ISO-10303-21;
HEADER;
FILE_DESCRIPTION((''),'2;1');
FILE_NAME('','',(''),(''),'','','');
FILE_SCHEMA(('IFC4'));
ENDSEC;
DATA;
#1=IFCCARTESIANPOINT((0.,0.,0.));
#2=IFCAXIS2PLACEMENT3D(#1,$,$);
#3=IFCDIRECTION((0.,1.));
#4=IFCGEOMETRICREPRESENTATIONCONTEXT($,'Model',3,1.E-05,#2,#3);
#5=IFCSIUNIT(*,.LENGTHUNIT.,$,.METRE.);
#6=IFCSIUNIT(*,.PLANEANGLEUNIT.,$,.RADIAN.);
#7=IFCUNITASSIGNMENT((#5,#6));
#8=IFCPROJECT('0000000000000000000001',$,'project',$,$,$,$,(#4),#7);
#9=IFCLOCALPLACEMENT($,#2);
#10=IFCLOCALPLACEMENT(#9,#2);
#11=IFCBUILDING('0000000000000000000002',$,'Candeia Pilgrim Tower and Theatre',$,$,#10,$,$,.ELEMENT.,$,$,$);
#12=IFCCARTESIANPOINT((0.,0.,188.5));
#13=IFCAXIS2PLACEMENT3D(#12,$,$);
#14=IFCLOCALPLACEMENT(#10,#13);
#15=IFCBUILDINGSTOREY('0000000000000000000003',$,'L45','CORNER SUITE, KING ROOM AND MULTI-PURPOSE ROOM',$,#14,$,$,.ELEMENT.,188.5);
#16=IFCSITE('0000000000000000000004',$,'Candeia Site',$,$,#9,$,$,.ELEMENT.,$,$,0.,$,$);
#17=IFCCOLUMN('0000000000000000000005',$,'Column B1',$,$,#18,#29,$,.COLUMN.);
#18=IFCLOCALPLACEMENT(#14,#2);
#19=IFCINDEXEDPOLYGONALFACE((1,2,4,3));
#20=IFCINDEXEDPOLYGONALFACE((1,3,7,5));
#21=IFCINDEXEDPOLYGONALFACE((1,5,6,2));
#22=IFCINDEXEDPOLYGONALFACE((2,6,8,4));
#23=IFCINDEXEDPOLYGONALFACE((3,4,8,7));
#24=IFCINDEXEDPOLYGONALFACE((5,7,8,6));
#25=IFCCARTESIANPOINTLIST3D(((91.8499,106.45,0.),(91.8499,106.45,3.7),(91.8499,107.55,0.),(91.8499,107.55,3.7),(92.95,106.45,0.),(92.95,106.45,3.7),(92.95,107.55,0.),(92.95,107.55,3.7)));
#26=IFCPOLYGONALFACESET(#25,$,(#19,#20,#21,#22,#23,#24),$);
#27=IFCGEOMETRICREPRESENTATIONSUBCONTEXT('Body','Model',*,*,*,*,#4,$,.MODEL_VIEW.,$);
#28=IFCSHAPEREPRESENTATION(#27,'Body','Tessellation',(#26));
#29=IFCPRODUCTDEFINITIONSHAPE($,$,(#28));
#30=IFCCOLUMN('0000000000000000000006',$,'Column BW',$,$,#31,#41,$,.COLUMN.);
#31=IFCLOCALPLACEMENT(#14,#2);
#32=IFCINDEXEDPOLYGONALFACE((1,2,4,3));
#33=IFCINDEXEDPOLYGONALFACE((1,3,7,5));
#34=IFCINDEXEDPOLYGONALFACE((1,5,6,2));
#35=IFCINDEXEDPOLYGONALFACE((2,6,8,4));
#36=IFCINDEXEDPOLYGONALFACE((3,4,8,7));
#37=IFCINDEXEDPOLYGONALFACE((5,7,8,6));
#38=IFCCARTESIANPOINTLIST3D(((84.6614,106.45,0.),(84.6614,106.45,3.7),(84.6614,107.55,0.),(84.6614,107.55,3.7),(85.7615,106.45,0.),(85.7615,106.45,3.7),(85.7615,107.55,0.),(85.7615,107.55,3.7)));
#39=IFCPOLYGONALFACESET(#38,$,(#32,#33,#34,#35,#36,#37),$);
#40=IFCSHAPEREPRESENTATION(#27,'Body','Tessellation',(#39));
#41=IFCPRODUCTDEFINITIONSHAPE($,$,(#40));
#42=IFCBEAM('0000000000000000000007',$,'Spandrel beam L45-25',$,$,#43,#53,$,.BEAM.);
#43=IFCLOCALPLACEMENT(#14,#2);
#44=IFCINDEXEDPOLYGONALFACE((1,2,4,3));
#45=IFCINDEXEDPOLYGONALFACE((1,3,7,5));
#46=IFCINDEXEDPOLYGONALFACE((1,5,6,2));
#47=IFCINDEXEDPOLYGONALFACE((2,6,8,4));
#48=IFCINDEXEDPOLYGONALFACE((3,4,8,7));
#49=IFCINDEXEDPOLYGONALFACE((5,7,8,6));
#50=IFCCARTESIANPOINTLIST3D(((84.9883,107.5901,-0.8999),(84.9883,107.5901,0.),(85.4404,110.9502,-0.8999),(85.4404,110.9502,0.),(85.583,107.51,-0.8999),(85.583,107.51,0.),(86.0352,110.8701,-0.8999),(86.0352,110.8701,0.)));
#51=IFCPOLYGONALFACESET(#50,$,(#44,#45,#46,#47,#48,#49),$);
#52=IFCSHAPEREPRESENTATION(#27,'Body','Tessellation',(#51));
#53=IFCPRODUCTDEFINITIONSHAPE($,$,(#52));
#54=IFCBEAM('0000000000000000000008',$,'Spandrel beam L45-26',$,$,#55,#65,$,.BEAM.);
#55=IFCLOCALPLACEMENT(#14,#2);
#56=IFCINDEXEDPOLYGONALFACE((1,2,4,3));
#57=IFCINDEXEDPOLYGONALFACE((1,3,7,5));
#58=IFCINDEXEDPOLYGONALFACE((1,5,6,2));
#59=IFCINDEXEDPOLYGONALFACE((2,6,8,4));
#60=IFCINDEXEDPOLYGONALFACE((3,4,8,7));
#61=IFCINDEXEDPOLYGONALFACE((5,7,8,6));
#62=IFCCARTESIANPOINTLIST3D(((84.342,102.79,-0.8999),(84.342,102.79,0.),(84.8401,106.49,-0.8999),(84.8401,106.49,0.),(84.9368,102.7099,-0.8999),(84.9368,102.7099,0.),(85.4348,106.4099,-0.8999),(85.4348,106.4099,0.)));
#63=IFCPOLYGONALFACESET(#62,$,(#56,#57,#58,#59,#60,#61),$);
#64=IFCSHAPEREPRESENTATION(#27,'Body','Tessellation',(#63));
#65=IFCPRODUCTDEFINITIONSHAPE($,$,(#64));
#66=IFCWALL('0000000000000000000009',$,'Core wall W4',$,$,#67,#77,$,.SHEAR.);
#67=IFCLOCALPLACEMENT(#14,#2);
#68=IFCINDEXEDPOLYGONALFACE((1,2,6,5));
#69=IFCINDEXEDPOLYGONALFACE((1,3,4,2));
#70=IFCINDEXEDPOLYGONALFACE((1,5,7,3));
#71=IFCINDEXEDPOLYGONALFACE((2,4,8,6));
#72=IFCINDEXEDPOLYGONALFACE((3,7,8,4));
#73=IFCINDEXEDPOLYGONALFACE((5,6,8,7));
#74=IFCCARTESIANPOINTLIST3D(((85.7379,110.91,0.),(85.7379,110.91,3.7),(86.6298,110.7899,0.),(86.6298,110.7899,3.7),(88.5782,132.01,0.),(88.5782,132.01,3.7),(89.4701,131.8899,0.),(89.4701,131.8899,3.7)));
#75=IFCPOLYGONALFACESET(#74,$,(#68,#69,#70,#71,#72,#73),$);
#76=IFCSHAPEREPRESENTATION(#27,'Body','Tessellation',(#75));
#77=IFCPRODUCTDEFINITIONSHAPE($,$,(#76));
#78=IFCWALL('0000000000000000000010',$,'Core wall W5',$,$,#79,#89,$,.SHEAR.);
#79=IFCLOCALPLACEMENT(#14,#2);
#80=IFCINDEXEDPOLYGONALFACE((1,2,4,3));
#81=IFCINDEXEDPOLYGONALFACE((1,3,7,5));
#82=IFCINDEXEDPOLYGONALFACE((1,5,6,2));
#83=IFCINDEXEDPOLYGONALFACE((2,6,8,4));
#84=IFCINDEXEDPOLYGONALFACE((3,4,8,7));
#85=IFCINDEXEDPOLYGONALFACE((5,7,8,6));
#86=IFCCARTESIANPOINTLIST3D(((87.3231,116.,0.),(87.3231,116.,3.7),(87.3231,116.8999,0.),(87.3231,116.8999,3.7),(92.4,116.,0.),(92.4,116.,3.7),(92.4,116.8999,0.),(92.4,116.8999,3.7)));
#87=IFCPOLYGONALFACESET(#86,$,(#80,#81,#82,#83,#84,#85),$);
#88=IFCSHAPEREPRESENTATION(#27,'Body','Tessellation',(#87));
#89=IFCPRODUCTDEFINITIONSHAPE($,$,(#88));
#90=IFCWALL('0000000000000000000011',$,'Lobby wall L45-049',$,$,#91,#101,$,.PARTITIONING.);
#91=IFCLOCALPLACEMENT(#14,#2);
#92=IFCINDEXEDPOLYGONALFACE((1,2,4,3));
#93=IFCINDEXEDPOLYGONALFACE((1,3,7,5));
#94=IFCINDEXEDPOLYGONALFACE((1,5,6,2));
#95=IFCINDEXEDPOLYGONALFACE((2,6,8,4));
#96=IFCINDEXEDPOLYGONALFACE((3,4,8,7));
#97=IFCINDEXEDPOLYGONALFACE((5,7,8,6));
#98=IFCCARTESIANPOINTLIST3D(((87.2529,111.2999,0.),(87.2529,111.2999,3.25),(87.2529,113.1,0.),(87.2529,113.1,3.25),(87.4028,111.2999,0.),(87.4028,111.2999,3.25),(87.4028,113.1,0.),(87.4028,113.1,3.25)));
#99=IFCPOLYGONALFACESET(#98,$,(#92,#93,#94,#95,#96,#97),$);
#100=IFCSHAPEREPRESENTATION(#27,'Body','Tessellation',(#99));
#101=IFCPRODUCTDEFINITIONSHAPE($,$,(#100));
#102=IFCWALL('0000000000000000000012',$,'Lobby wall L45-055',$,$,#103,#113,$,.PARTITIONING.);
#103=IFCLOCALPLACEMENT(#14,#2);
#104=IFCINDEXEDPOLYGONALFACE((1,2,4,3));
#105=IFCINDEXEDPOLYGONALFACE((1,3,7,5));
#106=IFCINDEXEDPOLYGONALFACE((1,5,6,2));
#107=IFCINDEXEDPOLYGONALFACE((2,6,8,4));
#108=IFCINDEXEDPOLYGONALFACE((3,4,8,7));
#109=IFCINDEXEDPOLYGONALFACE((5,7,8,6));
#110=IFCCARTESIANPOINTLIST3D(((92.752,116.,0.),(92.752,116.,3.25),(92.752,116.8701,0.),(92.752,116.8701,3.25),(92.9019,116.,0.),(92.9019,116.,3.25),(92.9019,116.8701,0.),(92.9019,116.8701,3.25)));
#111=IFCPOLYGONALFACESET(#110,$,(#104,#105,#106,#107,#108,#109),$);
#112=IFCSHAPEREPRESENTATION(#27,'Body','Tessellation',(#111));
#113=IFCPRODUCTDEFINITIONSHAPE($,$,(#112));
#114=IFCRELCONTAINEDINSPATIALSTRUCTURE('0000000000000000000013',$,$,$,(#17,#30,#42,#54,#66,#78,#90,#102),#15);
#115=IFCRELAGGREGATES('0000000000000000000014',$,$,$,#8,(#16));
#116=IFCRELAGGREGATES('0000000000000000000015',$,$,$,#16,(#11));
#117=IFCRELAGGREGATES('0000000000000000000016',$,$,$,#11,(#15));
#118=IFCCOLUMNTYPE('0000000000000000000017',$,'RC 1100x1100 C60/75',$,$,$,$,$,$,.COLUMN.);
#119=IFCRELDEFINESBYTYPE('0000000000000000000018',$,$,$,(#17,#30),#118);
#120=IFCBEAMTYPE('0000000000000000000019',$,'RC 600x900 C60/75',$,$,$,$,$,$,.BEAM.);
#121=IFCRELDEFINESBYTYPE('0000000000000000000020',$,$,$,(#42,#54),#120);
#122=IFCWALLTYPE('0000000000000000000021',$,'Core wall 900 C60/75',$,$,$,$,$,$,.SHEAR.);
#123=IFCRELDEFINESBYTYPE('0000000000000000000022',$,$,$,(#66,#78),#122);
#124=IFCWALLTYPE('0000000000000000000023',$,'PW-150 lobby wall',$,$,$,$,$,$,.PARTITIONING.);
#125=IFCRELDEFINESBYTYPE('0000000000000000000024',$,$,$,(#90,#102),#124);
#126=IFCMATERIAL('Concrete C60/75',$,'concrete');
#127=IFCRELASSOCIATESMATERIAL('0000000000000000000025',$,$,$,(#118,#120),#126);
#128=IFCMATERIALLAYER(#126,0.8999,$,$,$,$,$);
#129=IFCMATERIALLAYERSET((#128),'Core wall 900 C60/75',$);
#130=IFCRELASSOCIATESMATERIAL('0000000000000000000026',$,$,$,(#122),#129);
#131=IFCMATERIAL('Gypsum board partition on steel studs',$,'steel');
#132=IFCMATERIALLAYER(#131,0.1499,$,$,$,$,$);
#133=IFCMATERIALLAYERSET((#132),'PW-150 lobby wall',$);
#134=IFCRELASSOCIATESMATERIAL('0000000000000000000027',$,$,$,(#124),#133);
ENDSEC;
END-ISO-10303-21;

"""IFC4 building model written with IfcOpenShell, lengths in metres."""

from ifc_helpers import new_model, si_unit, direction, frame, frame_2d, origin, origin_2d, place, context, subcontext, project, spatial, rectangle, extrude, material, layer, layer_set, material_profile, profile_set, type_object, element, save


model = new_model("IFC4")

# Units and contexts
model_context = context("Model", 3, precision=1e-05, world=origin(), true_north=direction((0.0, 1.0)))
body_context = subcontext(model_context, "Body", "Model", "MODEL_VIEW")
ifc_project = project(units=[si_unit("LENGTHUNIT", "METRE"), si_unit("PLANEANGLEUNIT", "RADIAN")], contexts=[model_context])

# Site, building, storey
site_placement = place(None, origin())
site = spatial("IfcSite", under=ifc_project, at=site_placement, Name="Candeia Site", CompositionType="ELEMENT", RefElevation=0.0)
building_placement = place(site_placement, origin())
building = spatial("IfcBuilding", under=site, at=building_placement, Name="Candeia Pilgrim Tower and Theatre", CompositionType="ELEMENT")
storey_placement = place(building_placement, frame((0.0, 0.0, 188.5)))
storey = spatial("IfcBuildingStorey", under=building, at=storey_placement, Name="L45", Description="CORNER SUITE, KING ROOM AND MULTI-PURPOSE ROOM", CompositionType="ELEMENT", Elevation=188.5)

# Columns
ifc_material_1 = material(Name="Concrete C60/75", Category="concrete")
ifc_material_profile_1 = material_profile(ifc_material_1, rectangle(XDim=1.1001, YDim=1.1001, at=origin_2d()))
ifc_profile_set_1 = profile_set([ifc_material_profile_1], Name="Concrete C60/75")
column_type = type_object("IfcColumnType", Name="RC 1100x1100 C60/75", PredefinedType="COLUMN", material=ifc_profile_set_1)
for number, where, z_axis, x_axis, name in (
    (1, (92.3999, 107.0, 0.0), (0.0, 0.0, 1.0), (1.0, 0.0, 0.0), "Column B1"),
    (2, (85.2114, 107.0, 0.0), (0.0, 0.0, 1.0), (1.0, 0.0, 0.0), "Column BW"),
):
    element("IfcColumn", number, at=place(storey_placement, frame(where, z_axis=z_axis, x_axis=x_axis)), inside=storey, type_object=column_type, Name=name, PredefinedType="COLUMN", context=body_context, shape_type="SweptSolid", body=[
        extrude(rectangle(XDim=1.1001, YDim=1.1001, at=origin_2d()), origin(), (0.0, 0.0, 1.0), 3.7),
    ])

# Beams
ifc_material_profile_2 = material_profile(ifc_material_1, rectangle(XDim=0.6001, YDim=0.8999, at=origin_2d()))
ifc_profile_set_2 = profile_set([ifc_material_profile_2], Name="Concrete C60/75")
beam_type = type_object("IfcBeamType", Name="RC 600x900 C60/75", PredefinedType="BEAM", material=ifc_profile_set_2)
beam_1_placement = place(storey_placement, frame((85.7378, 110.9102, -0.45), z_axis=(-0.133362, -0.991067, 0.0), x_axis=(0.991067, -0.133362, 0.0)))
element("IfcBeam", 3, at=beam_1_placement, inside=storey, type_object=beam_type, Name="Spandrel beam L45-25", PredefinedType="BEAM", context=body_context, shape_type="SweptSolid", body=[
    extrude(rectangle(XDim=0.6001, YDim=0.8999, at=origin_2d()), origin(), (0.0, 0.0, 1.0), 3.3904),
])
beam_2_placement = place(storey_placement, frame((85.1375, 106.45, -0.45), z_axis=(-0.133406, -0.991061, 0.0), x_axis=(0.991061, -0.133406, 0.0)))
element("IfcBeam", 4, at=beam_2_placement, inside=storey, type_object=beam_type, Name="Spandrel beam L45-26", PredefinedType="BEAM", context=body_context, shape_type="SweptSolid", body=[
    extrude(rectangle(XDim=0.6001, YDim=0.8999, at=origin_2d()), origin(), (0.0, 0.0, 1.0), 3.7334),
])

# Walls
ifc_layer_1 = layer(ifc_material_1, 0.8999)
ifc_layer_set_1 = layer_set([ifc_layer_1], Name="Core wall 900 C60/75")
wall_type_1 = type_object("IfcWallType", Name="Core wall 900 C60/75", PredefinedType="SHEAR", material=ifc_layer_set_1)
wall_1_placement = place(storey_placement, frame((86.1838, 110.8501, 0.0), z_axis=(0.0, 0.0, 1.0), x_axis=(0.13341, 0.991061, 0.0)))
element("IfcWall", 5, at=wall_1_placement, inside=storey, type_object=wall_type_1, Name="Core wall W4", PredefinedType="SHEAR", context=body_context, shape_type="SweptSolid", body=[
    extrude(rectangle(XDim=21.2903, YDim=0.8999, at=frame_2d((10.645, 0.0))), origin(), (0.0, 0.0, 1.0), 3.7),
])
wall_2_placement = place(storey_placement, frame((87.323, 116.45, 0.0), z_axis=(0.0, 0.0, 1.0), x_axis=(1.0, 0.0, 0.0)))
element("IfcWall", 6, at=wall_2_placement, inside=storey, type_object=wall_type_1, Name="Core wall W5", PredefinedType="SHEAR", context=body_context, shape_type="SweptSolid", body=[
    extrude(rectangle(XDim=5.0769, YDim=0.8999, at=frame_2d((2.5386, 0.0))), origin(), (0.0, 0.0, 1.0), 3.7),
])

# Walls
ifc_material_2 = material(Name="Gypsum board partition on steel studs", Category="steel")
ifc_layer_2 = layer(ifc_material_2, 0.1499)
ifc_layer_set_2 = layer_set([ifc_layer_2], Name="PW-150 lobby wall")
wall_type_2 = type_object("IfcWallType", Name="PW-150 lobby wall", PredefinedType="PARTITIONING", material=ifc_layer_set_2)
wall_3_placement = place(storey_placement, frame((87.3279, 111.3, 0.0), z_axis=(0.0, 0.0, 1.0), x_axis=(0.0, 1.0, 0.0)))
element("IfcWall", 7, at=wall_3_placement, inside=storey, type_object=wall_type_2, Name="Lobby wall L45-049", PredefinedType="PARTITIONING", context=body_context, shape_type="SweptSolid", body=[
    extrude(rectangle(XDim=1.8, YDim=0.1499, at=frame_2d((0.8999, 0.0))), origin(), (0.0, 0.0, 1.0), 3.25),
])
wall_4_placement = place(storey_placement, frame((92.8269, 116.0, 0.0), z_axis=(0.0, 0.0, 1.0), x_axis=(0.0, 1.0, 0.0)))
element("IfcWall", 8, at=wall_4_placement, inside=storey, type_object=wall_type_2, Name="Lobby wall L45-055", PredefinedType="PARTITIONING", context=body_context, shape_type="SweptSolid", body=[
    extrude(rectangle(XDim=0.8701, YDim=0.1499, at=frame_2d((0.4351, 0.0))), origin(), (0.0, 0.0, 1.0), 3.25),
])

save(model, "model.ifc")
